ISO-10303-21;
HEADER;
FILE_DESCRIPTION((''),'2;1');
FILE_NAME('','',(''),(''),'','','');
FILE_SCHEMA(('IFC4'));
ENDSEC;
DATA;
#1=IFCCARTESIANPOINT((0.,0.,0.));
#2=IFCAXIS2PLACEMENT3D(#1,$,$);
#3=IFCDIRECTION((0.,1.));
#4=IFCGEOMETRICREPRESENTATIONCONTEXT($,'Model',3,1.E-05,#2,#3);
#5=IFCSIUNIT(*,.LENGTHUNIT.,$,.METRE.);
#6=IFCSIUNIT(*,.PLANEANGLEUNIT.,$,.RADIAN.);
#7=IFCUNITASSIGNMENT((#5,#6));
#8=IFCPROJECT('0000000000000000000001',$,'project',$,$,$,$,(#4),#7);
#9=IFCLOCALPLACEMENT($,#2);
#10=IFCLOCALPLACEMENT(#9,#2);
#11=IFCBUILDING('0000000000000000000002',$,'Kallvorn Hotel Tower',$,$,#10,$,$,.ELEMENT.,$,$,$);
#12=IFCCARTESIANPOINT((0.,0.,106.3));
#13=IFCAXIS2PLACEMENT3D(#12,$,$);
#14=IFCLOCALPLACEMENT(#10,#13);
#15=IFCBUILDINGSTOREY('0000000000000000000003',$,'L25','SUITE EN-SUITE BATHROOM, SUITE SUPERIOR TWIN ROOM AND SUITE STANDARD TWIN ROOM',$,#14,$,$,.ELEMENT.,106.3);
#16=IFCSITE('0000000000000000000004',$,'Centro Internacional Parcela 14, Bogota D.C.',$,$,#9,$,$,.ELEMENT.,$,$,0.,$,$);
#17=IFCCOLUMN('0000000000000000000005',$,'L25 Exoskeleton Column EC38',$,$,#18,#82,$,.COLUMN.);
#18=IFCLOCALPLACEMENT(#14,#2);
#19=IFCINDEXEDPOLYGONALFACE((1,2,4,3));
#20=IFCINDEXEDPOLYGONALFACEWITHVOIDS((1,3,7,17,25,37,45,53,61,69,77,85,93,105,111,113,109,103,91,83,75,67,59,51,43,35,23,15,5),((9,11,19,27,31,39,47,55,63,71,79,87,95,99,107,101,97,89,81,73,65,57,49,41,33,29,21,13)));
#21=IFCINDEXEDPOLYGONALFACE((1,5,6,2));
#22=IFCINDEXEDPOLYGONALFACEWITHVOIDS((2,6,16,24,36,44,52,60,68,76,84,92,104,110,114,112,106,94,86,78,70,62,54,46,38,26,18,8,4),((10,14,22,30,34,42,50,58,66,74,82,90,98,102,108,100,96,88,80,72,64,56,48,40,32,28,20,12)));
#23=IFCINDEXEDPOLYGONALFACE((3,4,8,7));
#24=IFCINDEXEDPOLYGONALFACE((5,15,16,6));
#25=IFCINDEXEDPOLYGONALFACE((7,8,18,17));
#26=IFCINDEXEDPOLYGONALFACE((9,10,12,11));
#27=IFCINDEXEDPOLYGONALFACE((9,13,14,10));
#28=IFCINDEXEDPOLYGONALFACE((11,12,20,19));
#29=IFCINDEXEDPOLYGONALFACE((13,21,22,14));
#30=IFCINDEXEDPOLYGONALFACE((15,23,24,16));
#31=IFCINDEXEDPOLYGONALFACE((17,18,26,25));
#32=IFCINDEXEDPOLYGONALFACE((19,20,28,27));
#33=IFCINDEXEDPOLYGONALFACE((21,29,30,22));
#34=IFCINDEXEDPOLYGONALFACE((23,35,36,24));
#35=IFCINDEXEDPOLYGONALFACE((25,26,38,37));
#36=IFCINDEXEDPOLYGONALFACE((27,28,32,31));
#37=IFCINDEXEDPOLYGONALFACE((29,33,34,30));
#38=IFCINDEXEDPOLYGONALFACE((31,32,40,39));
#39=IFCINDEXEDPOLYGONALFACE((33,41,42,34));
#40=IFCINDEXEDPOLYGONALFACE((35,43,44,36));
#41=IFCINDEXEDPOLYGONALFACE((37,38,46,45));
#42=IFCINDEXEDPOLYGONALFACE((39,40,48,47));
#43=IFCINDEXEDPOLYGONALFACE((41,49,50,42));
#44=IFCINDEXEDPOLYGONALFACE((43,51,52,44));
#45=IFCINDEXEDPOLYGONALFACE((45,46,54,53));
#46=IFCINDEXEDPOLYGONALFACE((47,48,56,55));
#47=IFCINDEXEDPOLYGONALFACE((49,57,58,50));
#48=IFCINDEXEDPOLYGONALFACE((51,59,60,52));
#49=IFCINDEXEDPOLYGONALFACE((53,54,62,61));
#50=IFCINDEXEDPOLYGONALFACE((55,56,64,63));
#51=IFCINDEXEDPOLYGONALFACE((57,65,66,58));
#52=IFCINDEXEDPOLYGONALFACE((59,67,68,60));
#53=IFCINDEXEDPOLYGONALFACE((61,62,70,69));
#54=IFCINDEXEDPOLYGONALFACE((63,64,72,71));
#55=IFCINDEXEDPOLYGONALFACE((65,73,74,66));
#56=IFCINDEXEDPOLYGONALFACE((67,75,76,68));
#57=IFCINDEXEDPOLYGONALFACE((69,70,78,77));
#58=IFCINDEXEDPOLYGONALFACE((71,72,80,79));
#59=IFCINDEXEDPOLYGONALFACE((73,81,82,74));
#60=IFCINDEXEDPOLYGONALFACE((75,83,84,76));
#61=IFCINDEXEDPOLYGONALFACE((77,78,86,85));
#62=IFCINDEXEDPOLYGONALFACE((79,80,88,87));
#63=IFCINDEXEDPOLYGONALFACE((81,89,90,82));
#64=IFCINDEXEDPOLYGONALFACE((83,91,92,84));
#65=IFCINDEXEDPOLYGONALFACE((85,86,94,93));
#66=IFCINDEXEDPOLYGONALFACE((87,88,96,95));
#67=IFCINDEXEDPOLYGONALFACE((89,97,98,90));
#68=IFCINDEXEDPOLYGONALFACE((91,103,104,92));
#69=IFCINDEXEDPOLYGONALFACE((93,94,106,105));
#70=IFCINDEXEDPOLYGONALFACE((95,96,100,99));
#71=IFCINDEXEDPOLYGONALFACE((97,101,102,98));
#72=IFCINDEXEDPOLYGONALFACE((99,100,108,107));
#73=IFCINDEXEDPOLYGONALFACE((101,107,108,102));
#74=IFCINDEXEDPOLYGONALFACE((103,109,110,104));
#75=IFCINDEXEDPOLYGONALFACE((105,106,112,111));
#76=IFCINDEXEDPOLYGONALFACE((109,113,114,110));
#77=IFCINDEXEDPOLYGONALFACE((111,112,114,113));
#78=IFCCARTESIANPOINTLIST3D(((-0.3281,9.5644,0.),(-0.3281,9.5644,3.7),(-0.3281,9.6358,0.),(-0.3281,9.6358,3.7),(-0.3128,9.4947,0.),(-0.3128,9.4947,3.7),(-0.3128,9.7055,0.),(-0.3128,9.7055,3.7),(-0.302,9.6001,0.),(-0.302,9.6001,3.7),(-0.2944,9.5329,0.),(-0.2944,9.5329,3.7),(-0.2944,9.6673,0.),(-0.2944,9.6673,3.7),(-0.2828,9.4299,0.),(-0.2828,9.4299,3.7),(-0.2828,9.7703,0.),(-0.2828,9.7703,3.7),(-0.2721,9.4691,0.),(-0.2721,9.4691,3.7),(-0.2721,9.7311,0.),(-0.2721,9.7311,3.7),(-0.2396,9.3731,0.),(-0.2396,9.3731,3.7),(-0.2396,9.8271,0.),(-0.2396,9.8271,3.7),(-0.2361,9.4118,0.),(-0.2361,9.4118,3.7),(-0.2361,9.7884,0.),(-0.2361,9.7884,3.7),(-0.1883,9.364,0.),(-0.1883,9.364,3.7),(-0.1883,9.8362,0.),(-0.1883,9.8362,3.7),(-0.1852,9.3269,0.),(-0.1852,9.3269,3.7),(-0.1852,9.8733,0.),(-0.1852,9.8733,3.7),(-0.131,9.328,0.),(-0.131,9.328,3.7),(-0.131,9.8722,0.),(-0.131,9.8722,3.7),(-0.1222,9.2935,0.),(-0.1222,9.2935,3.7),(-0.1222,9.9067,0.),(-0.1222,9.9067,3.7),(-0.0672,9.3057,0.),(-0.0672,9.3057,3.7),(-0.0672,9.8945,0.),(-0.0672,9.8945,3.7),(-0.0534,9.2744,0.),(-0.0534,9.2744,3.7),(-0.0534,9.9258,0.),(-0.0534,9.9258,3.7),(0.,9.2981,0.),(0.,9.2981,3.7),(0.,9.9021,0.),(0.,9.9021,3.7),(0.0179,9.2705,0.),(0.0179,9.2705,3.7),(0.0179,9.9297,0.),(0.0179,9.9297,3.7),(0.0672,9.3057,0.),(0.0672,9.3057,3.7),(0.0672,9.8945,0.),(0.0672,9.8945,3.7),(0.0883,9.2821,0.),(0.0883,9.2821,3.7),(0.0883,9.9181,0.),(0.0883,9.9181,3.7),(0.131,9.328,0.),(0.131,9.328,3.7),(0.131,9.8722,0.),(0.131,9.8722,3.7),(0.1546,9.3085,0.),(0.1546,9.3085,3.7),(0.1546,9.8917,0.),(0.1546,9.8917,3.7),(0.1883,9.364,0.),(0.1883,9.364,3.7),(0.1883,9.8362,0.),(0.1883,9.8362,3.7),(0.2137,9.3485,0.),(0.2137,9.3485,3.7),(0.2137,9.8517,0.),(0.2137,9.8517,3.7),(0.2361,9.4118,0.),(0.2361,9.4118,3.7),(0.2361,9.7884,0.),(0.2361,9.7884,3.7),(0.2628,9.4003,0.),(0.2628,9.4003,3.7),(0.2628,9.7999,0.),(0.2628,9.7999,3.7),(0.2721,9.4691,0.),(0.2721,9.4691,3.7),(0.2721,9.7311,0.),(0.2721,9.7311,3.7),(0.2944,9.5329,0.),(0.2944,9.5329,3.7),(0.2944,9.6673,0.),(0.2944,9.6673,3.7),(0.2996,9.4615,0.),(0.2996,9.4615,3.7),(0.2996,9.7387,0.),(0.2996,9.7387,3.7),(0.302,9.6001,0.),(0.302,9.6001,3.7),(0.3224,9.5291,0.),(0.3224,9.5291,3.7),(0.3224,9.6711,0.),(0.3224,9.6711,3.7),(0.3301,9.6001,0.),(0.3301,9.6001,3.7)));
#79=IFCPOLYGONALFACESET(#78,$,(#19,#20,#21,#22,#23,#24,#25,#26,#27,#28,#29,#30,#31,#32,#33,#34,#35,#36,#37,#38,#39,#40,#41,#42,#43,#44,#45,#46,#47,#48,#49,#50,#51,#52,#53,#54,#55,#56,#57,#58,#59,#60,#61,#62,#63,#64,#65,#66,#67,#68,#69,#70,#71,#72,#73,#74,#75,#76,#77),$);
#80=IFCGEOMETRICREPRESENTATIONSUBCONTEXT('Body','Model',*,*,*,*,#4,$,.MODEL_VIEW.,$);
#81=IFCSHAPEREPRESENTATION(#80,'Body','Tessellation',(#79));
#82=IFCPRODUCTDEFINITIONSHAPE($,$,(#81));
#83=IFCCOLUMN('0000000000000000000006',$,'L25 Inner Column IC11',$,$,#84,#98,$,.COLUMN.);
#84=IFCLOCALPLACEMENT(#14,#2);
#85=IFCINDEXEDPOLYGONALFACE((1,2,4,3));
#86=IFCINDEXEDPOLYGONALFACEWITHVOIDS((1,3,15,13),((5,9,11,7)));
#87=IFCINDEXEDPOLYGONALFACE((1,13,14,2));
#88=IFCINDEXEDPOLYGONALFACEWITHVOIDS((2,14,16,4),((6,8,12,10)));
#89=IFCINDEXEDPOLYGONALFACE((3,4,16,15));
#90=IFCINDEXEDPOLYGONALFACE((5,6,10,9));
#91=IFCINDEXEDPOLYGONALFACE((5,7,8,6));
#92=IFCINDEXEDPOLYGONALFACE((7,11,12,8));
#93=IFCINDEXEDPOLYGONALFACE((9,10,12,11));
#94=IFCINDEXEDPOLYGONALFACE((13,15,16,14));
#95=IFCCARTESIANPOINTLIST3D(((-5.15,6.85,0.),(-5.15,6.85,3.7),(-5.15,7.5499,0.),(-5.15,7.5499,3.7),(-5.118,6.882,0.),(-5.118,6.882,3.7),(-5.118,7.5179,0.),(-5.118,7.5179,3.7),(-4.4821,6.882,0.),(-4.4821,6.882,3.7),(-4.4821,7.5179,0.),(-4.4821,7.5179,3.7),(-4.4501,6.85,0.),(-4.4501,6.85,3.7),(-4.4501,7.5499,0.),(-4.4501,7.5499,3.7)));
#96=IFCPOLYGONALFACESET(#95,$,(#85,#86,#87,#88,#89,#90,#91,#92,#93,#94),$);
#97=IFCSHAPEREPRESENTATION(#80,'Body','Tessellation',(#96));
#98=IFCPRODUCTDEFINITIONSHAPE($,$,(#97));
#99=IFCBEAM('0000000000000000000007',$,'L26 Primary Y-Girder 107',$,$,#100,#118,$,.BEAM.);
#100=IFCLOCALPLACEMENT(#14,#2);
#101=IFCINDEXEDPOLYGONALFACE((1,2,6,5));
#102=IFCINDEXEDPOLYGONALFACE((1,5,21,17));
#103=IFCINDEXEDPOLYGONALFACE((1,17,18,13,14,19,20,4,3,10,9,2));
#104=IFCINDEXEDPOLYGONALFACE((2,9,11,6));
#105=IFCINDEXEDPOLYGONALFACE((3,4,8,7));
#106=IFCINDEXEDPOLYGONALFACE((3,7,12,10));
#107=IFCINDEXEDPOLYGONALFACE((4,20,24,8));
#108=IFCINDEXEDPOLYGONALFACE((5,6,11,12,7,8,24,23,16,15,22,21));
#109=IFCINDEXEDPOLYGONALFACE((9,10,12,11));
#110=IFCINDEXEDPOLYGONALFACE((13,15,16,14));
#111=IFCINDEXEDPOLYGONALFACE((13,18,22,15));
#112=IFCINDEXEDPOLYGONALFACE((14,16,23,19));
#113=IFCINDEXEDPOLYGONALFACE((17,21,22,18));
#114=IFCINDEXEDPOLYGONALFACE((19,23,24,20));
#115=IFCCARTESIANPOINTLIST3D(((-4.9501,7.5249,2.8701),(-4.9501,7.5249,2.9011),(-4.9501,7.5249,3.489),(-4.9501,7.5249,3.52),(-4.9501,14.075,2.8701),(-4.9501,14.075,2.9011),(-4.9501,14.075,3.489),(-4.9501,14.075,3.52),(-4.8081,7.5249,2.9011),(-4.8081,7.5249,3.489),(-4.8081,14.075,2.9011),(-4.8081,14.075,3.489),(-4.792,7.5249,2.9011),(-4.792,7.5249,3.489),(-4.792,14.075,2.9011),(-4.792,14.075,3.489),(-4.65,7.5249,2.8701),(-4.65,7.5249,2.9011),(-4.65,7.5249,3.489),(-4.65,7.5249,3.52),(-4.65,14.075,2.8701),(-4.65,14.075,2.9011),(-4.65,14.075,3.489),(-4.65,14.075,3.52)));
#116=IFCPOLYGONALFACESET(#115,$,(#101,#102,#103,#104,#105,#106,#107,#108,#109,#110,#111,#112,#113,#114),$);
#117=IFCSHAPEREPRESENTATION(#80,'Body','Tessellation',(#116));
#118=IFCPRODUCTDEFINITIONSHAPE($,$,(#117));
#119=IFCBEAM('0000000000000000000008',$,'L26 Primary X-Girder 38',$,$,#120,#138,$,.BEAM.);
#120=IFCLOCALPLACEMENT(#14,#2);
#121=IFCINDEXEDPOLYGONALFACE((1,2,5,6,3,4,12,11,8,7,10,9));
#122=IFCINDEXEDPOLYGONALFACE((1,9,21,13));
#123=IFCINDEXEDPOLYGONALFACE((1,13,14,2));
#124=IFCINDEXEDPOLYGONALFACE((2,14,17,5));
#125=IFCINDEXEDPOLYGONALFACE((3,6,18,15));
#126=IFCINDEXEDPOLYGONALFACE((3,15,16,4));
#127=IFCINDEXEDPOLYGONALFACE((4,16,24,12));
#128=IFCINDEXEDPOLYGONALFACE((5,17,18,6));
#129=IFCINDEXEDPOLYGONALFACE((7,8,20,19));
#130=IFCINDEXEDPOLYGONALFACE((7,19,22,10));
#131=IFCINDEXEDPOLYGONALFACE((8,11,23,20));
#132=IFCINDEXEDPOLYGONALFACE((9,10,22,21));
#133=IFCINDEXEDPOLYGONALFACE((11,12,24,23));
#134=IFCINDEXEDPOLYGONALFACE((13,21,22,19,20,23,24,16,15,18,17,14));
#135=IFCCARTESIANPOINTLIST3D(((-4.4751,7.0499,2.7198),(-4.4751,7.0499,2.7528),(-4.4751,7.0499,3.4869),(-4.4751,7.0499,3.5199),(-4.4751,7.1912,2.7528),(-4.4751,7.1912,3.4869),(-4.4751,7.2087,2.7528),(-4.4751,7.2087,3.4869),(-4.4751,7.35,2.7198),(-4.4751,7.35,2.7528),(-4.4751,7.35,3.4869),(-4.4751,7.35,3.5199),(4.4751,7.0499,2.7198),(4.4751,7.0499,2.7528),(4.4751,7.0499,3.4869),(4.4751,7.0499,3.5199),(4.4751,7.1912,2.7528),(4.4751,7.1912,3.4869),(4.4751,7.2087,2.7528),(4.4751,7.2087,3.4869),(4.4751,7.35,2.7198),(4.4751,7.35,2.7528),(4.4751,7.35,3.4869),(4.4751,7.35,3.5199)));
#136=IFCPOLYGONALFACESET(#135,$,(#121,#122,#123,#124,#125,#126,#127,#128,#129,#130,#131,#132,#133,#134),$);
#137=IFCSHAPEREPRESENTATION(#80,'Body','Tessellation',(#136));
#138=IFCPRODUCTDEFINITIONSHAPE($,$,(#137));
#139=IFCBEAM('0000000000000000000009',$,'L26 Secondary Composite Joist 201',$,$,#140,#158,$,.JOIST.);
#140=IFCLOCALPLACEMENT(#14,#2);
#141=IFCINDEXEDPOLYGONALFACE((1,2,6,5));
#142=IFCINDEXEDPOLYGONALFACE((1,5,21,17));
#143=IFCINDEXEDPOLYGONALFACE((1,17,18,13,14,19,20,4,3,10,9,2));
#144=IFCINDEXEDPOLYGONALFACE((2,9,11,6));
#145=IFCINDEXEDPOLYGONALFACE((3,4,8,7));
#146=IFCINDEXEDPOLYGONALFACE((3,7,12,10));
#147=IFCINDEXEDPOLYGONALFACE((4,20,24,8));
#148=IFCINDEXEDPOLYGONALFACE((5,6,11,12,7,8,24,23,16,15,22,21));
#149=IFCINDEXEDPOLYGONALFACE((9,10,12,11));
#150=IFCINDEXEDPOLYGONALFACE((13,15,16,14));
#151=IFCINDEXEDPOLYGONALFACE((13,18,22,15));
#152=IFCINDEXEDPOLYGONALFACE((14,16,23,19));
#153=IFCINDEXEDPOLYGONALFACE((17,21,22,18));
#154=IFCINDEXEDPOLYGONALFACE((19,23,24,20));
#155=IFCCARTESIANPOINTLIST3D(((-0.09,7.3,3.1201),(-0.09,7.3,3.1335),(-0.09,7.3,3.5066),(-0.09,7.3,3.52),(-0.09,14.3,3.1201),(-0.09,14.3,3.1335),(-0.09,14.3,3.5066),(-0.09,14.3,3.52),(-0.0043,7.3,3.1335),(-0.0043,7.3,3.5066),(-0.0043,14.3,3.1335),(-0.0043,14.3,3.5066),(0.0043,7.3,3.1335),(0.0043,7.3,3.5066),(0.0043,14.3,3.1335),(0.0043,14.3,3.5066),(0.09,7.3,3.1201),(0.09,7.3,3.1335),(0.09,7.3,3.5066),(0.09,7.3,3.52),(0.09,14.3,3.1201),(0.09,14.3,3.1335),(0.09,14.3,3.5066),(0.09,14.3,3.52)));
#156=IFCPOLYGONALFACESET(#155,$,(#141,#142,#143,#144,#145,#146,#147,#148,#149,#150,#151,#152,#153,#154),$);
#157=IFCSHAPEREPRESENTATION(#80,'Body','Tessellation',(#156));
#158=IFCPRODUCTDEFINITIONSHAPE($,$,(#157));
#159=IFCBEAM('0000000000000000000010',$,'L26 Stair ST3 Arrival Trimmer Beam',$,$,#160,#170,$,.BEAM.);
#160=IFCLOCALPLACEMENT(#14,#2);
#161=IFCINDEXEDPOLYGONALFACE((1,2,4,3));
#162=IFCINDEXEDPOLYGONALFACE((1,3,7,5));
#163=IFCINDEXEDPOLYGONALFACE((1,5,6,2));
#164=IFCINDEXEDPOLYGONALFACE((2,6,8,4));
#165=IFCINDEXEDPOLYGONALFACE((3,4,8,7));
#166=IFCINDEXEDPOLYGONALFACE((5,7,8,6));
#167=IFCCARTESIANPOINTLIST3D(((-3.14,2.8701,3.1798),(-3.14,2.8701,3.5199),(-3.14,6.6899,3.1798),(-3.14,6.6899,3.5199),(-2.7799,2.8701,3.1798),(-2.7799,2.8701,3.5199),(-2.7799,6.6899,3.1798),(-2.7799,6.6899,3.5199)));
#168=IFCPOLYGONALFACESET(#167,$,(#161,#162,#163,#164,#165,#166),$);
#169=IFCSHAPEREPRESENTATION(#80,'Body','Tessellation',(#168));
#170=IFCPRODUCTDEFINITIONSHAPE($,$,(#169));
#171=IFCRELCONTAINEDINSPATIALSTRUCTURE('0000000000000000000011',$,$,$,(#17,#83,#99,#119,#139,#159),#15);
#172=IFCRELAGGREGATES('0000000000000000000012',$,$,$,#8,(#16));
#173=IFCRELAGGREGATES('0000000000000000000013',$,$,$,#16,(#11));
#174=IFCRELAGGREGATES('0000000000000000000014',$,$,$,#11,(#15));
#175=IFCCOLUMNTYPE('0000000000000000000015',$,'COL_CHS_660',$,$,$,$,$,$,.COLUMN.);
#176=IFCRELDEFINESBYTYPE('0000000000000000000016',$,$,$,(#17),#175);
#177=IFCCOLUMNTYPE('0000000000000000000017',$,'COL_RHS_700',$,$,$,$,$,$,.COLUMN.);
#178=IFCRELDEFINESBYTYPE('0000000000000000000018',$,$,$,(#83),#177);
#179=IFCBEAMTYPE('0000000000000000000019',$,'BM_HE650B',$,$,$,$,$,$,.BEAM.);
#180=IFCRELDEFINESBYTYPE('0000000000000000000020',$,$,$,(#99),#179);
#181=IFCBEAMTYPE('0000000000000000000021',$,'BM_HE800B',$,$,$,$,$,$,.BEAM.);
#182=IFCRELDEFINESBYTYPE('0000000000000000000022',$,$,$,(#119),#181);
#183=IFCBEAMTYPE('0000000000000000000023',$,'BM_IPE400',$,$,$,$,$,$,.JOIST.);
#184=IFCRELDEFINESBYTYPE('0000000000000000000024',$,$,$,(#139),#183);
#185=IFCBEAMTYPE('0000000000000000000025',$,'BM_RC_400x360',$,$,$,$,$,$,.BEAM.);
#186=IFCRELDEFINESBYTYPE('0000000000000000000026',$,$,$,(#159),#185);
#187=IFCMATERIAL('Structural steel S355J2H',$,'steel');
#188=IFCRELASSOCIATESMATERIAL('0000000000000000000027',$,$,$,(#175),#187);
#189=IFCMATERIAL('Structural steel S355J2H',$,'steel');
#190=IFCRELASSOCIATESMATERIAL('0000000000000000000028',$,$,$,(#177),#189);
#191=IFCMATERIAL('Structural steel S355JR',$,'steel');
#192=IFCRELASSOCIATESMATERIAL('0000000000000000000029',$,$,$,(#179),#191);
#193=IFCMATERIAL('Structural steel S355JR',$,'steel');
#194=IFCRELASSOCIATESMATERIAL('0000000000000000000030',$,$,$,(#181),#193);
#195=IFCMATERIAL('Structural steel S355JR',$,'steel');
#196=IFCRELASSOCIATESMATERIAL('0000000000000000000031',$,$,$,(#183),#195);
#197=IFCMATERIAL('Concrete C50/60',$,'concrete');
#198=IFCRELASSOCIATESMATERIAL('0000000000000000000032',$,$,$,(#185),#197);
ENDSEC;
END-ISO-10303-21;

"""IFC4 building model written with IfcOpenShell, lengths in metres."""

from ifc_helpers import new_model, si_unit, direction, frame, origin, origin_2d, place, context, subcontext, project, spatial, rectangle, hollow_rectangle, hollow_circle, i_section, extrude, material, material_profile, profile_set, type_object, element, save


model = new_model("IFC4")

# Units and contexts
model_context = context("Model", 3, precision=1e-05, world=origin(), true_north=direction((0.0, 1.0)))
body_context = subcontext(model_context, "Body", "Model", "MODEL_VIEW")
ifc_project = project(units=[si_unit("LENGTHUNIT", "METRE"), si_unit("PLANEANGLEUNIT", "RADIAN")], contexts=[model_context])

# Site, building, storey
site_placement = place(None, origin())
site = spatial("IfcSite", under=ifc_project, at=site_placement, Name="Centro Internacional Parcela 14, Bogota D.C.", CompositionType="ELEMENT", RefElevation=0.0)
building_placement = place(site_placement, origin())
building = spatial("IfcBuilding", under=site, at=building_placement, Name="Kallvorn Hotel Tower", CompositionType="ELEMENT")
storey_placement = place(building_placement, frame((0.0, 0.0, 106.3)))
storey = spatial("IfcBuildingStorey", under=building, at=storey_placement, Name="L25", Description="SUITE EN-SUITE BATHROOM, SUITE SUPERIOR TWIN ROOM AND SUITE STANDARD TWIN ROOM", CompositionType="ELEMENT", Elevation=106.3)

# Columns
ifc_material_1 = material(Name="Structural steel S355J2H", Category="steel")
ifc_material_profile_1 = material_profile(ifc_material_1, hollow_circle(Radius=0.3301, WallThickness=0.0281, at=origin_2d()), Name="CHS 660x28")
ifc_profile_set_1 = profile_set([ifc_material_profile_1], Name="Structural steel S355J2H")
column_type_1 = type_object("IfcColumnType", Name="COL_CHS_660", PredefinedType="COLUMN", material=ifc_profile_set_1)
column_1_placement = place(storey_placement, frame((0.0, 9.6001, 0.0), z_axis=(0.0, 0.0, 1.0), x_axis=(1.0, 0.0, 0.0)))
element("IfcColumn", 1, at=column_1_placement, inside=storey, type_object=column_type_1, Name="L25 Exoskeleton Column EC38", PredefinedType="COLUMN", context=body_context, shape_type="SweptSolid", body=[
    extrude(hollow_circle(Radius=0.3301, WallThickness=0.0281, at=origin_2d()), origin(), (0.0, 0.0, 1.0), 3.7),
])
ifc_material_2 = material(Name="Structural steel S355J2H", Category="steel")
ifc_material_profile_2 = material_profile(ifc_material_2, hollow_rectangle(XDim=0.7, YDim=0.7, WallThickness=0.032, at=origin_2d()), Name="RHS 700x700x32")
ifc_profile_set_2 = profile_set([ifc_material_profile_2], Name="Structural steel S355J2H")
column_type_2 = type_object("IfcColumnType", Name="COL_RHS_700", PredefinedType="COLUMN", material=ifc_profile_set_2)
column_2_placement = place(storey_placement, frame((-4.8, 7.2, 0.0), z_axis=(0.0, 0.0, 1.0), x_axis=(1.0, 0.0, 0.0)))
element("IfcColumn", 2, at=column_2_placement, inside=storey, type_object=column_type_2, Name="L25 Inner Column IC11", PredefinedType="COLUMN", context=body_context, shape_type="SweptSolid", body=[
    extrude(hollow_rectangle(XDim=0.7, YDim=0.7, WallThickness=0.032, at=origin_2d()), origin(), (0.0, 0.0, 1.0), 3.7),
])

# Beams
ifc_material_3 = material(Name="Structural steel S355JR", Category="steel")
ifc_material_profile_3 = material_profile(ifc_material_3, i_section(OverallWidth=0.3, OverallDepth=0.6499, WebThickness=0.0161, FlangeThickness=0.031, at=origin_2d()), Name="HE 650 B")
ifc_profile_set_3 = profile_set([ifc_material_profile_3], Name="Structural steel S355JR")
beam_type_1 = type_object("IfcBeamType", Name="BM_HE650B", PredefinedType="BEAM", material=ifc_profile_set_3)
beam_1_placement = place(storey_placement, frame((-4.8, 7.5249, 3.1951), z_axis=(0.0, 1.0, 0.0), x_axis=(-1.0, 0.0, 0.0)))
element("IfcBeam", 3, at=beam_1_placement, inside=storey, type_object=beam_type_1, Name="L26 Primary Y-Girder 107", PredefinedType="BEAM", context=body_context, shape_type="SweptSolid", body=[
    extrude(i_section(OverallWidth=0.3, OverallDepth=0.6499, WebThickness=0.0161, FlangeThickness=0.031, at=origin_2d()), origin(), (0.0, 0.0, 1.0), 6.55),
])
ifc_material_4 = material(Name="Structural steel S355JR", Category="steel")
ifc_material_profile_4 = material_profile(ifc_material_4, i_section(OverallWidth=0.3, OverallDepth=0.8, WebThickness=0.0176, FlangeThickness=0.033, at=origin_2d()), Name="HE 800 B")
ifc_profile_set_4 = profile_set([ifc_material_profile_4], Name="Structural steel S355JR")
beam_type_2 = type_object("IfcBeamType", Name="BM_HE800B", PredefinedType="BEAM", material=ifc_profile_set_4)
beam_2_placement = place(storey_placement, frame((-4.4751, 7.2, 3.1199), z_axis=(1.0, 0.0, 0.0), x_axis=(0.0, 1.0, 0.0)))
element("IfcBeam", 4, at=beam_2_placement, inside=storey, type_object=beam_type_2, Name="L26 Primary X-Girder 38", PredefinedType="BEAM", context=body_context, shape_type="SweptSolid", body=[
    extrude(i_section(OverallWidth=0.3, OverallDepth=0.8, WebThickness=0.0176, FlangeThickness=0.033, at=origin_2d()), origin(), (0.0, 0.0, 1.0), 8.9502),
])
ifc_material_5 = material(Name="Structural steel S355JR", Category="steel")
ifc_material_profile_5 = material_profile(ifc_material_5, i_section(OverallWidth=0.1799, OverallDepth=0.3999, WebThickness=0.0085, FlangeThickness=0.0134, at=origin_2d()), Name="IPE 400")
ifc_profile_set_5 = profile_set([ifc_material_profile_5], Name="Structural steel S355JR")
beam_type_3 = type_object("IfcBeamType", Name="BM_IPE400", PredefinedType="JOIST", material=ifc_profile_set_5)
beam_3_placement = place(storey_placement, frame((0.0, 7.3, 3.3201), z_axis=(0.0, 1.0, 0.0), x_axis=(-1.0, 0.0, 0.0)))
element("IfcBeam", 5, at=beam_3_placement, inside=storey, type_object=beam_type_3, Name="L26 Secondary Composite Joist 201", PredefinedType="JOIST", context=body_context, shape_type="SweptSolid", body=[
    extrude(i_section(OverallWidth=0.1799, OverallDepth=0.3999, WebThickness=0.0085, FlangeThickness=0.0134, at=origin_2d()), origin(), (0.0, 0.0, 1.0), 7.0),
])
ifc_material_6 = material(Name="Concrete C50/60", Category="concrete")
ifc_material_profile_6 = material_profile(ifc_material_6, rectangle(XDim=0.3601, YDim=0.3401, at=origin_2d()), Name="RC 360x340")
ifc_profile_set_6 = profile_set([ifc_material_profile_6], Name="Concrete C50/60")
beam_type_4 = type_object("IfcBeamType", Name="BM_RC_400x360", PredefinedType="BEAM", material=ifc_profile_set_6)
beam_4_placement = place(storey_placement, frame((-2.96, 2.8701, 3.3499), z_axis=(0.0, 1.0, 0.0), x_axis=(-1.0, 0.0, 0.0)))
element("IfcBeam", 6, at=beam_4_placement, inside=storey, type_object=beam_type_4, Name="L26 Stair ST3 Arrival Trimmer Beam", PredefinedType="BEAM", context=body_context, shape_type="SweptSolid", body=[
    extrude(rectangle(XDim=0.3601, YDim=0.3401, at=origin_2d()), origin(), (0.0, 0.0, 1.0), 3.8198),
])

save(model, "model.ifc")
